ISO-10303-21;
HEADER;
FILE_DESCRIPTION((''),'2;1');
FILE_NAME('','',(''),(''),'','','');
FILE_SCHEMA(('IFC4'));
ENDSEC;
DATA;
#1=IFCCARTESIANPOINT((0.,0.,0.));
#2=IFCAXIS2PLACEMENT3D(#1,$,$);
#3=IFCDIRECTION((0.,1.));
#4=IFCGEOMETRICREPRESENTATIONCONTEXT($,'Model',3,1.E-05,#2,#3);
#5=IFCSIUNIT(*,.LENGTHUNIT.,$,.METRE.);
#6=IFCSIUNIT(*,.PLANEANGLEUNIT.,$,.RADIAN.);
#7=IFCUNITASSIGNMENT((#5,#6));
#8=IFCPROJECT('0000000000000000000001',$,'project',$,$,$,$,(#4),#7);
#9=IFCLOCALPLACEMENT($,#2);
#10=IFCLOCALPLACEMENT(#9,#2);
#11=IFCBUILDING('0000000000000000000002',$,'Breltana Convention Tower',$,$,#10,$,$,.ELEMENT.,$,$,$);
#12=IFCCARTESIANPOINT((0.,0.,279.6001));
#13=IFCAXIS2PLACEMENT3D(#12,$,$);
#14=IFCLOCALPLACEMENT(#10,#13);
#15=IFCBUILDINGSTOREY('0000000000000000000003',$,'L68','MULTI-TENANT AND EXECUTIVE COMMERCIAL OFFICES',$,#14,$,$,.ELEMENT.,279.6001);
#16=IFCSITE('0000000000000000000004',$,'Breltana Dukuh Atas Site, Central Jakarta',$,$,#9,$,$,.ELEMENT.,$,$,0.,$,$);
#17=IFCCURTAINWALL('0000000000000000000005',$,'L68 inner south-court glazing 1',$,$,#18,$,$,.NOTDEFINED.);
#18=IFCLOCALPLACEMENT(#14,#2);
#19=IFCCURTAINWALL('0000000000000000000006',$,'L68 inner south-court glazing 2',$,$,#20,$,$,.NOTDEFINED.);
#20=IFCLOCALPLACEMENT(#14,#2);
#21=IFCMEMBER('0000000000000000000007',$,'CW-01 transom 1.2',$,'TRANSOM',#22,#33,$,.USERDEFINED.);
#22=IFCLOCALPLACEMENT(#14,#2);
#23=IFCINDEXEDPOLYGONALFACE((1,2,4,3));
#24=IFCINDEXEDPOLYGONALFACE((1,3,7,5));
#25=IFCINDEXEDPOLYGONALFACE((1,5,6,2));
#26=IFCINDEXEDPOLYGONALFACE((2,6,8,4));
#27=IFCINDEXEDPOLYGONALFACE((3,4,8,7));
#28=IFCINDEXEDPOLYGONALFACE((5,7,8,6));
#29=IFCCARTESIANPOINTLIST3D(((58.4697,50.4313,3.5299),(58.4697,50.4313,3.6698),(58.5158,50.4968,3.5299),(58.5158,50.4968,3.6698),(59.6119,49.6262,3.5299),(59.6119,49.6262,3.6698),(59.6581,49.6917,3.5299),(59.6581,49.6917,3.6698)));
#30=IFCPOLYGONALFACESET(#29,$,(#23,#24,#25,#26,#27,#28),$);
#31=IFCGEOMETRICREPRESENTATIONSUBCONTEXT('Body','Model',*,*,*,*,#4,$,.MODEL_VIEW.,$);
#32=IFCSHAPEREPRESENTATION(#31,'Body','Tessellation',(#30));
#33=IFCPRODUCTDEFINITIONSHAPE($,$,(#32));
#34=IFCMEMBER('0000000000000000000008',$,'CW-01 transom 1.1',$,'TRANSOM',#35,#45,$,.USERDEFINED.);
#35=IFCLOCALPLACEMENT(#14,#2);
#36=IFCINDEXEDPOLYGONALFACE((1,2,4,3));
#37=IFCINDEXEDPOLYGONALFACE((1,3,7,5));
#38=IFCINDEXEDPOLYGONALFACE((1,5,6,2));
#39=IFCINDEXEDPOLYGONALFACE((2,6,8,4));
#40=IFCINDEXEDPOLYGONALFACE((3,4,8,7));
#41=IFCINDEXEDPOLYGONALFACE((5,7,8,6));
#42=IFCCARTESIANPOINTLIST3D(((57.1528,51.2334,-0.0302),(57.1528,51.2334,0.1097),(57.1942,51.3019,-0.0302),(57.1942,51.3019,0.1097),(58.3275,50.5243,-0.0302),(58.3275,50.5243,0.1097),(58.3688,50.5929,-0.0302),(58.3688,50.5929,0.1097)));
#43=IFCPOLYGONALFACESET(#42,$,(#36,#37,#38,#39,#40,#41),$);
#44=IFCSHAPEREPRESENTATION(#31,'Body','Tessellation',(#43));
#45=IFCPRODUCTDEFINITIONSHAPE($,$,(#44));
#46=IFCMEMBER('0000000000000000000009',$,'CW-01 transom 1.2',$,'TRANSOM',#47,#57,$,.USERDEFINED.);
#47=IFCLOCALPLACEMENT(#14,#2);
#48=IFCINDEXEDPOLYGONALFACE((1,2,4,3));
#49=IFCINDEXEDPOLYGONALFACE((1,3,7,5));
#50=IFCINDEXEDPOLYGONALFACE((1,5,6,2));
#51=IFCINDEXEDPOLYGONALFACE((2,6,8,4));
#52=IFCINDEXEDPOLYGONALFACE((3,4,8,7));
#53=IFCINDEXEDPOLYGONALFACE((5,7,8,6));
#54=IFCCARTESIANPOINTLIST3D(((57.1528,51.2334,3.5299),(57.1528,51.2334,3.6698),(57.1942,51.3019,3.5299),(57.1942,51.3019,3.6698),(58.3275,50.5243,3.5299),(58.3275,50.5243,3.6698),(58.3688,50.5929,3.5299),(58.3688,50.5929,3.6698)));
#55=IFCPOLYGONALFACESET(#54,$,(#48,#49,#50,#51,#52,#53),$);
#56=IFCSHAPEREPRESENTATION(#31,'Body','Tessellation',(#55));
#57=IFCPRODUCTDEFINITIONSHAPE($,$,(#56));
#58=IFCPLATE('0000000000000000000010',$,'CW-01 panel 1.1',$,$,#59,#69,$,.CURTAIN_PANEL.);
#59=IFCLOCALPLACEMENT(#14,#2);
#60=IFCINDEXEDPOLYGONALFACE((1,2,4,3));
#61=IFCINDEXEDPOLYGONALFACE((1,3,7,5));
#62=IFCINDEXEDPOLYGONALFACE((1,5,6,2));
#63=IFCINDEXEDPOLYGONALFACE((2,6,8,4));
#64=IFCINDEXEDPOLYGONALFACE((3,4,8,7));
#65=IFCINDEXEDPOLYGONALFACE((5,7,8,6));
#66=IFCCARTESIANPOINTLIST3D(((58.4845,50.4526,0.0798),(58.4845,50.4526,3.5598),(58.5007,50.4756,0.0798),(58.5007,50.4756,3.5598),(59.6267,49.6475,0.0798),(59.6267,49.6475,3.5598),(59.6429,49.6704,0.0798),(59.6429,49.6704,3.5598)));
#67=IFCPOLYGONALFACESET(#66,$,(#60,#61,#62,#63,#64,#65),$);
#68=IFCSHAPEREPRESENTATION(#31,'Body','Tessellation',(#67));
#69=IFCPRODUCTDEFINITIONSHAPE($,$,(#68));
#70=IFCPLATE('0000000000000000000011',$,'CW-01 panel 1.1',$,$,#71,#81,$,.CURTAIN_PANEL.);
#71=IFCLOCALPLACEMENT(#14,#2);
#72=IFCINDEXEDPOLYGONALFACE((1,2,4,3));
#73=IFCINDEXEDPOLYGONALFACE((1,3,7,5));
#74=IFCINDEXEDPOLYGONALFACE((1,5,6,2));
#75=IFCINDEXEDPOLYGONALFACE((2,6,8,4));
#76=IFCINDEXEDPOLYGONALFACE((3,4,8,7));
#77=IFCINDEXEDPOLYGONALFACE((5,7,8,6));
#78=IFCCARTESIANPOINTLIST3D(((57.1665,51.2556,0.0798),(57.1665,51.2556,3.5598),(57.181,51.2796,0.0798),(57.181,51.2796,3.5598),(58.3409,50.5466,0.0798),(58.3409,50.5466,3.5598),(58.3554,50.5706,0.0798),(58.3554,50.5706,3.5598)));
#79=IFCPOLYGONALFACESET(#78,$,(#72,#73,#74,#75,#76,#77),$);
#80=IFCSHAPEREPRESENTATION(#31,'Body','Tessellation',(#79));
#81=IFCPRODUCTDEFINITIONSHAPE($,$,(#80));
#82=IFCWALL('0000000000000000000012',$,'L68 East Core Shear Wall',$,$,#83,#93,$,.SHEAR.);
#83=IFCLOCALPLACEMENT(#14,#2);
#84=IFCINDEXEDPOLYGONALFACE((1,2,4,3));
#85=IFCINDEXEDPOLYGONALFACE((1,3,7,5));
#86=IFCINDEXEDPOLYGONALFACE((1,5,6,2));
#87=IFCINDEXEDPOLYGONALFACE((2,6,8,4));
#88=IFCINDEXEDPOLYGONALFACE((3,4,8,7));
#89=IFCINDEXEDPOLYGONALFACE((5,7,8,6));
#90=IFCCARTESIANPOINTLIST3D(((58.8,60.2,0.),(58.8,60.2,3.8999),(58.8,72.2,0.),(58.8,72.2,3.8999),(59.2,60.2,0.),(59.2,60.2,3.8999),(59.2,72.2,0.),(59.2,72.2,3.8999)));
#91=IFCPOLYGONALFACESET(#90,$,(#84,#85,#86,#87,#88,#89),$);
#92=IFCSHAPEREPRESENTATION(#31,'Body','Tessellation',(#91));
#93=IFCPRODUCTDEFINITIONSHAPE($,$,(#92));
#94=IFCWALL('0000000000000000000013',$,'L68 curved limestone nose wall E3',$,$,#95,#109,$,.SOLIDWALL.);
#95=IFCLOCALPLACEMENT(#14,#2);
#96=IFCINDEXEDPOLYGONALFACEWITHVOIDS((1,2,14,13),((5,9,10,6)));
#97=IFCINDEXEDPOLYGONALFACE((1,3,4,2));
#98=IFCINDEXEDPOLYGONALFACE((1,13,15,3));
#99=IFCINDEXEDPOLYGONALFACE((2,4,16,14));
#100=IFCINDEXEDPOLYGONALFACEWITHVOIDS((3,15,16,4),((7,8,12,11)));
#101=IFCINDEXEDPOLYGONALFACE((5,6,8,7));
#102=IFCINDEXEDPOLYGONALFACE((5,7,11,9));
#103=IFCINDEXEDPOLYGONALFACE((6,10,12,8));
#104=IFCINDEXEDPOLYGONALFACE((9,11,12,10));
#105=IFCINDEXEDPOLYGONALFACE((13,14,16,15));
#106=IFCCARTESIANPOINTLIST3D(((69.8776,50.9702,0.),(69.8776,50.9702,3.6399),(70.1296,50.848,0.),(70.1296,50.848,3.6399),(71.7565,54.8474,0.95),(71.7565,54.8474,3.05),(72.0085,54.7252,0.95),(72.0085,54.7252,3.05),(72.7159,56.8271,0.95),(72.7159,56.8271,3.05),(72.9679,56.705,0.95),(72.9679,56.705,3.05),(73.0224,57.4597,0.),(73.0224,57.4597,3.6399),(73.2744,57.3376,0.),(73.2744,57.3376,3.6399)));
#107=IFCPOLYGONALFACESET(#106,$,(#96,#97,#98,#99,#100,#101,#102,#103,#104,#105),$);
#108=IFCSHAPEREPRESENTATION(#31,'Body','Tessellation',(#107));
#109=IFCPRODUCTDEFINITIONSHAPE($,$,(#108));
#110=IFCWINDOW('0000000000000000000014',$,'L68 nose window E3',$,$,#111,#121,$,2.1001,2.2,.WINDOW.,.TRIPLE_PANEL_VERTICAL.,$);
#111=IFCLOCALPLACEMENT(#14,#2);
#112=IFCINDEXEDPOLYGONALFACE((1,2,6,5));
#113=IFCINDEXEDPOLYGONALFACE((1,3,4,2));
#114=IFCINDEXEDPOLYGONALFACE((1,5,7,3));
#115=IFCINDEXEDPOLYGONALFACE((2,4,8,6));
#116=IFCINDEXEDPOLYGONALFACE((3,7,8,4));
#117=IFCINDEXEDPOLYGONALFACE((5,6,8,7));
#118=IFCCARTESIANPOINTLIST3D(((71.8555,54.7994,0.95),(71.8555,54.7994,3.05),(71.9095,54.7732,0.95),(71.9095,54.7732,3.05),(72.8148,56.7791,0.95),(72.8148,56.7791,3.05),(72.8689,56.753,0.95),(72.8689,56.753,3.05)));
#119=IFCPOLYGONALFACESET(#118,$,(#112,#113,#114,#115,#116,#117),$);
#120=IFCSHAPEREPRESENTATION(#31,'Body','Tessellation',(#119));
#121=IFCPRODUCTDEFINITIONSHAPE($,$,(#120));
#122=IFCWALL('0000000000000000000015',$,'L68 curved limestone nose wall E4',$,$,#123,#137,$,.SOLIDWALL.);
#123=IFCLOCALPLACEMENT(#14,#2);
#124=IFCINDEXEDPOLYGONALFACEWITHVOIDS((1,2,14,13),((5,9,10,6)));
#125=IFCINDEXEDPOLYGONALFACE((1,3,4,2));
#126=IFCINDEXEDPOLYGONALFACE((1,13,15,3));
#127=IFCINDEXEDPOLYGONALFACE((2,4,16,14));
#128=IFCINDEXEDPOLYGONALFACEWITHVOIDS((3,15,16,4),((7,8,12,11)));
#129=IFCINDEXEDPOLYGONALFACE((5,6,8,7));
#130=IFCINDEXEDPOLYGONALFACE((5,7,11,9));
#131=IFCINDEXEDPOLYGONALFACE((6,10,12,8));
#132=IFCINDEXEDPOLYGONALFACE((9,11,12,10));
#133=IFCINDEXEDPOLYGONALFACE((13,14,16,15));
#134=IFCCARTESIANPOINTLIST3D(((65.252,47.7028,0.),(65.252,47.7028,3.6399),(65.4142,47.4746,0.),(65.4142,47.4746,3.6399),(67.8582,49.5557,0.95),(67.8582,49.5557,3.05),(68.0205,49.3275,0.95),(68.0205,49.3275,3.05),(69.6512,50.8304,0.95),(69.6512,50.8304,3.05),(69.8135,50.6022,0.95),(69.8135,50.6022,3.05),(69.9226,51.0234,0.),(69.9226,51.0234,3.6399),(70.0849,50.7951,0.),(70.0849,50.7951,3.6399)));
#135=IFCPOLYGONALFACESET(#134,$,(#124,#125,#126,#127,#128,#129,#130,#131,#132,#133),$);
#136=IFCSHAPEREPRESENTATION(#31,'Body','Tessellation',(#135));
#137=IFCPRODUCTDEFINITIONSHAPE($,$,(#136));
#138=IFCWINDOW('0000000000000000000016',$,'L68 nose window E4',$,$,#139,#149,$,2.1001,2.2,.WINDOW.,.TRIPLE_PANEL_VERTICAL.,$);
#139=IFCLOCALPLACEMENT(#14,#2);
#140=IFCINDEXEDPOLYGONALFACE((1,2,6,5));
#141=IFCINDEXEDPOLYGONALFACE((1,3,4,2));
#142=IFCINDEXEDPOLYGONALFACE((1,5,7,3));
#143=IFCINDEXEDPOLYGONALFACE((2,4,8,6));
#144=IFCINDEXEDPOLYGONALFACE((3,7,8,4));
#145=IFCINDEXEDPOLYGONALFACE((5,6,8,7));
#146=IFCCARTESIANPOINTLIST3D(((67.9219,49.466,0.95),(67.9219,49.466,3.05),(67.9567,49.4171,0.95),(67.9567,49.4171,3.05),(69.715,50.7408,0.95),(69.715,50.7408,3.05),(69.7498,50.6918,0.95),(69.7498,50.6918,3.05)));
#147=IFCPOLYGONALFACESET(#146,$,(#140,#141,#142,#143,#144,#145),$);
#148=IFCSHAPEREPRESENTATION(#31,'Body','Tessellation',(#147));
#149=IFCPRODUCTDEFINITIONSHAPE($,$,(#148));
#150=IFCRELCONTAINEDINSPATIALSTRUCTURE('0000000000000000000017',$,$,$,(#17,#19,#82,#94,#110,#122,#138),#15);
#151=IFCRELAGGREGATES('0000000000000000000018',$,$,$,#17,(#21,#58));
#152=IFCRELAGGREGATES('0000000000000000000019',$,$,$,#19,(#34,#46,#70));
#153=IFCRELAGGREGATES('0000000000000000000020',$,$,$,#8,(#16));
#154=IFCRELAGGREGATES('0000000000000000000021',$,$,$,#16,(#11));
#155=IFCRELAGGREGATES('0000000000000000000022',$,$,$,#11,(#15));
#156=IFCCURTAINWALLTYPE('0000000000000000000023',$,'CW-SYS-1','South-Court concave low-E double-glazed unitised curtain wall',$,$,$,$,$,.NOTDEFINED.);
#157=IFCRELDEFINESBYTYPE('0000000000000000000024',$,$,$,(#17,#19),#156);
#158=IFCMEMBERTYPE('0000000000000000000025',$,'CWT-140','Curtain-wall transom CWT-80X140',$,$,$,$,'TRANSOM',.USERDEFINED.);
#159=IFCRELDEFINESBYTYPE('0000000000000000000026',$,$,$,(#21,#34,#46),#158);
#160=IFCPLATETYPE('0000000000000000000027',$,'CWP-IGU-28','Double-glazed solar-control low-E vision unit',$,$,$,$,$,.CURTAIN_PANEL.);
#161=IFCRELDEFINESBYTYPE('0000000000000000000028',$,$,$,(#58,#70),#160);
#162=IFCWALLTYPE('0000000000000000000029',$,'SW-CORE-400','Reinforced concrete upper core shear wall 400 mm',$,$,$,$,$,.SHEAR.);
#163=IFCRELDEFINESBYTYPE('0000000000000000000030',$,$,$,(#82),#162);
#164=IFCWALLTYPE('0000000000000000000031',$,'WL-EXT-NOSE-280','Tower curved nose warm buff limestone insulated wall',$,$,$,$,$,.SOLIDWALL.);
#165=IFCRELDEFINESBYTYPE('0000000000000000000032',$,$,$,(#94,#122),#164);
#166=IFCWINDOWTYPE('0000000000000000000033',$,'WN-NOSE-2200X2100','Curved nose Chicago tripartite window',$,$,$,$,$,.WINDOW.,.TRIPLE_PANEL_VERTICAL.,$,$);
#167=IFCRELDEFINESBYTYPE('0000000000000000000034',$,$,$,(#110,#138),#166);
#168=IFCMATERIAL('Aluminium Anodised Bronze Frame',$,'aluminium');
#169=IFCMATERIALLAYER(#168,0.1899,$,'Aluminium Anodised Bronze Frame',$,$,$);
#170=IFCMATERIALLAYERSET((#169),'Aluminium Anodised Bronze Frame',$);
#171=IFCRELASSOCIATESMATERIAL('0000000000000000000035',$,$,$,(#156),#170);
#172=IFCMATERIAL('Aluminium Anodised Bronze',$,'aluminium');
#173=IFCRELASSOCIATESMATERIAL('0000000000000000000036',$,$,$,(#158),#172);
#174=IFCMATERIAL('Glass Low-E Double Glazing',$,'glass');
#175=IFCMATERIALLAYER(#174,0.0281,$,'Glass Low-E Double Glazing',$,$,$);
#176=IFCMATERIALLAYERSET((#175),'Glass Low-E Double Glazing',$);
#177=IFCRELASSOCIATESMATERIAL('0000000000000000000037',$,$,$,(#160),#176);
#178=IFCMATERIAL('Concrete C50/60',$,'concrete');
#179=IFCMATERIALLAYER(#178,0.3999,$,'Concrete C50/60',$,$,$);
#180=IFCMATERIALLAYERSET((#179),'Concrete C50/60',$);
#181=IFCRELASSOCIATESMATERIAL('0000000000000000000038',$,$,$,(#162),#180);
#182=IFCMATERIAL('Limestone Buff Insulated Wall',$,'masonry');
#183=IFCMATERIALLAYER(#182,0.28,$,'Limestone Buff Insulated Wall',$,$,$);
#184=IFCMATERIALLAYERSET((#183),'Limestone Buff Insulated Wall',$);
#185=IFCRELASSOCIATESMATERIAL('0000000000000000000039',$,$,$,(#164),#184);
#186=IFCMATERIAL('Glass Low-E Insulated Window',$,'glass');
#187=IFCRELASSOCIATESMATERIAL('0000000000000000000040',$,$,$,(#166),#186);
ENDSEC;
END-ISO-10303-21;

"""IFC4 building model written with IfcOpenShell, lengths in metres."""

from ifc_helpers import new_model, si_unit, direction, frame, frame_2d, origin, origin_2d, place, context, subcontext, project, spatial, rectangle, extrude, source, transform, mapped, material, layer, layer_set, material_profile, profile_set, type_object, type_shapes, element, fill, aggregate, save


model = new_model("IFC4")

# Units and contexts
model_context = context("Model", 3, precision=1e-05, world=origin(), true_north=direction((0.0, 1.0)))
body_context = subcontext(model_context, "Body", "Model", "MODEL_VIEW")
ifc_project = project(units=[si_unit("LENGTHUNIT", "METRE"), si_unit("PLANEANGLEUNIT", "RADIAN")], contexts=[model_context])

# Site, building, storey
site_placement = place(None, origin())
site = spatial("IfcSite", under=ifc_project, at=site_placement, Name="Breltana Dukuh Atas Site, Central Jakarta", CompositionType="ELEMENT", RefElevation=0.0)
building_placement = place(site_placement, origin())
building = spatial("IfcBuilding", under=site, at=building_placement, Name="Breltana Convention Tower", CompositionType="ELEMENT")
storey_placement = place(building_placement, frame((0.0, 0.0, 279.6001)))
storey = spatial("IfcBuildingStorey", under=building, at=storey_placement, Name="L68", Description="MULTI-TENANT AND EXECUTIVE COMMERCIAL OFFICES", CompositionType="ELEMENT", Elevation=279.6001)

# Curtain walls
ifc_material_1 = material(Name="Aluminium Anodised Bronze Frame", Category="aluminium")
ifc_layer_1 = layer(ifc_material_1, 0.1899, Name="Aluminium Anodised Bronze Frame")
ifc_layer_set_1 = layer_set([ifc_layer_1], Name="Aluminium Anodised Bronze Frame")
curtain_wall_type = type_object("IfcCurtainWallType", Name="CW-SYS-1", Description="South-Court concave low-E double-glazed unitised curtain wall", PredefinedType="NOTDEFINED", material=ifc_layer_set_1)
curtain_wall_1_placement = place(storey_placement, origin())
curtain_wall_1 = element("IfcCurtainWall", 1, at=curtain_wall_1_placement, inside=storey, type_object=curtain_wall_type, Name="L68 inner south-court glazing 1", PredefinedType="NOTDEFINED")
ifc_material_2 = material(Name="Aluminium Anodised Bronze", Category="aluminium")
curtain_wall_2_placement = place(storey_placement, origin())
curtain_wall_2 = element("IfcCurtainWall", 2, at=curtain_wall_2_placement, inside=storey, type_object=curtain_wall_type, Name="L68 inner south-court glazing 2", PredefinedType="NOTDEFINED")

# Members
ifc_material_profile_1 = material_profile(ifc_material_2, rectangle(XDim=0.0801, YDim=0.1399, at=origin_2d()), Name="CWT-80X140")
ifc_profile_set_1 = profile_set([ifc_material_profile_1], Name="Aluminium Anodised Bronze")
member_type_1 = type_object("IfcMemberType", Name="CWT-140", Description="Curtain-wall transom CWT-80X140", ElementType="TRANSOM", PredefinedType="USERDEFINED", material=ifc_profile_set_1)
shared_shape_1 = source(origin(), body_context, "Body", "SweptSolid", [
    extrude(rectangle(XDim=0.0801, YDim=0.1399, at=origin_2d()), origin(), (0.0, 0.0, 1.0), 1.3975),
])
member_1_placement = place(storey_placement, frame((59.635, 49.6589, 3.5999), z_axis=(-0.817365, 0.576121, 0.0), x_axis=(-0.576121, -0.817365, 0.0)))
member_1 = element("IfcMember", 3, at=member_1_placement, type_object=member_type_1, Name="CW-01 transom 1.2", ObjectType="TRANSOM", PredefinedType="USERDEFINED", context=body_context, shape_type="MappedRepresentation", body=[
    mapped(shared_shape_1, transform((0.0, 0.0, 0.0), scale=1.0)),
])
shared_shape_2 = source(origin(), body_context, "Body", "SweptSolid", [
    extrude(rectangle(XDim=0.0801, YDim=0.1399, at=origin_2d()), origin(), (0.0, 0.0, 1.0), 1.3721),
])
member_2_placement = place(storey_placement, frame((58.3481, 50.5586, 0.0398), z_axis=(-0.856124, 0.516771, 0.0), x_axis=(-0.516771, -0.856124, 0.0)))
member_2 = element("IfcMember", 4, at=member_2_placement, type_object=member_type_1, Name="CW-01 transom 1.1", ObjectType="TRANSOM", PredefinedType="USERDEFINED", context=body_context, shape_type="MappedRepresentation", body=[
    mapped(shared_shape_2, transform((0.0, 0.0, 0.0), scale=1.0)),
])
member_3_placement = place(storey_placement, frame((58.3481, 50.5586, 3.5999), z_axis=(-0.856124, 0.516771, 0.0), x_axis=(-0.516771, -0.856124, 0.0)))
member_3 = element("IfcMember", 5, at=member_3_placement, type_object=member_type_1, Name="CW-01 transom 1.2", ObjectType="TRANSOM", PredefinedType="USERDEFINED", context=body_context, shape_type="MappedRepresentation", body=[
    mapped(shared_shape_2, transform((0.0, 0.0, 0.0), scale=1.0)),
])

# Plates
ifc_material_3 = material(Name="Glass Low-E Double Glazing", Category="glass")
ifc_layer_2 = layer(ifc_material_3, 0.0281, Name="Glass Low-E Double Glazing")
ifc_layer_set_2 = layer_set([ifc_layer_2], Name="Glass Low-E Double Glazing")
plate_type = type_object("IfcPlateType", Name="CWP-IGU-28", Description="Double-glazed solar-control low-E vision unit", PredefinedType="CURTAIN_PANEL", material=ifc_layer_set_2)
shared_shape_3 = source(origin(), body_context, "Body", "SweptSolid", [
    extrude(rectangle(XDim=1.3975, YDim=0.0281, at=origin_2d()), origin(), (0.0, 0.0, 1.0), 3.48),
])
plate_1_placement = place(storey_placement, frame((59.0637, 50.0615, 0.0798), z_axis=(0.0, 0.0, 1.0), x_axis=(-0.817327, 0.576174, 0.0)))
plate_1 = element("IfcPlate", 6, at=plate_1_placement, type_object=plate_type, Name="CW-01 panel 1.1", PredefinedType="CURTAIN_PANEL", context=body_context, shape_type="MappedRepresentation", body=[
    mapped(shared_shape_3, transform((0.0, 0.0, 0.0), scale=1.0)),
])
aggregate(curtain_wall_1, [member_1, plate_1])
shared_shape_4 = source(origin(), body_context, "Body", "SweptSolid", [
    extrude(rectangle(XDim=1.3718, YDim=0.0281, at=origin_2d()), origin(), (0.0, 0.0, 1.0), 3.48),
])
plate_2_placement = place(storey_placement, frame((57.761, 50.9131, 0.0798), z_axis=(0.0, 0.0, 1.0), x_axis=(-0.85609, 0.516827, 0.0)))
plate_2 = element("IfcPlate", 7, at=plate_2_placement, type_object=plate_type, Name="CW-01 panel 1.1", PredefinedType="CURTAIN_PANEL", context=body_context, shape_type="MappedRepresentation", body=[
    mapped(shared_shape_4, transform((0.0, 0.0, 0.0), scale=1.0)),
])
aggregate(curtain_wall_2, [member_2, member_3, plate_2])

# Wall
ifc_material_4 = material(Name="Concrete C50/60", Category="concrete")
ifc_layer_3 = layer(ifc_material_4, 0.3999, Name="Concrete C50/60")
ifc_layer_set_3 = layer_set([ifc_layer_3], Name="Concrete C50/60")
wall_type_1 = type_object("IfcWallType", Name="SW-CORE-400", Description="Reinforced concrete upper core shear wall 400 mm", PredefinedType="SHEAR", material=ifc_layer_set_3)
shared_shape_5 = source(origin(), body_context, "Body", "SweptSolid", [
    extrude(rectangle(XDim=12.0, YDim=0.3999, at=frame_2d((6.0, 0.0))), origin(), (0.0, 0.0, 1.0), 3.8999),
])
wall_1_placement = place(storey_placement, frame((59.0, 60.2, 0.0), z_axis=(0.0, 0.0, 1.0), x_axis=(0.0, 1.0, 0.0)))
element("IfcWall", 8, at=wall_1_placement, inside=storey, type_object=wall_type_1, Name="L68 East Core Shear Wall", PredefinedType="SHEAR", context=body_context, shape_type="MappedRepresentation", body=[
    mapped(shared_shape_5, transform((0.0, 0.0, 0.0), scale=1.0)),
])

# Walls, openings, windows
ifc_material_5 = material(Name="Limestone Buff Insulated Wall", Category="masonry")
ifc_layer_4 = layer(ifc_material_5, 0.28, Name="Limestone Buff Insulated Wall")
ifc_layer_set_4 = layer_set([ifc_layer_4], Name="Limestone Buff Insulated Wall")
wall_type_2 = type_object("IfcWallType", Name="WL-EXT-NOSE-280", Description="Tower curved nose warm buff limestone insulated wall", PredefinedType="SOLIDWALL", material=ifc_layer_set_4)
shared_shape_6 = source(origin(), body_context, "Body", "SweptSolid", [
    extrude(rectangle(XDim=7.2114, YDim=0.28, at=frame_2d((3.6057, 0.0))), origin(), (0.0, 0.0, 1.0), 3.6399),
])
wall_2_placement = place(storey_placement, frame((73.1484, 57.3987, 0.0), z_axis=(0.0, 0.0, 1.0), x_axis=(-0.436088, -0.899904, 0.0)))
wall_2 = element("IfcWall", 9, at=wall_2_placement, inside=storey, type_object=wall_type_2, Name="L68 curved limestone nose wall E3", PredefinedType="SOLIDWALL", context=body_context, shape_type="MappedRepresentation", body=[
    mapped(shared_shape_6, transform((0.0, 0.0, 0.0), scale=1.0)),
])
opening_1_placement = place(wall_2_placement, frame((0.7029, 0.0, 0.95)))
opening_1 = element("IfcOpeningElement", 10, at=opening_1_placement, cuts=wall_2, PredefinedType="OPENING", context=body_context, shape_type="SweptSolid", body=[
    extrude(rectangle(XDim=2.2, YDim=2.1001, at=frame_2d((1.1001, 1.05))), frame((0.0, 0.1499, 0.0), z_axis=(0.0, -1.0, 0.0), x_axis=(1.0, 0.0, 0.0)), (0.0, 0.0, 1.0), 0.3),
])
ifc_material_6 = material(Name="Glass Low-E Insulated Window", Category="glass")
window_type = type_object("IfcWindowType", Name="WN-NOSE-2200X2100", Description="Curved nose Chicago tripartite window", PartitioningType="TRIPLE_PANEL_VERTICAL", PredefinedType="WINDOW", material=ifc_material_6)
shared_shape_7 = source(origin(), body_context, "Body", "SweptSolid", [
    extrude(rectangle(XDim=2.2, YDim=2.1001, at=frame_2d((1.1001, 1.05))), frame((0.0, 0.03, 0.0), z_axis=(0.0, -1.0, 0.0), x_axis=(1.0, 0.0, 0.0)), (0.0, 0.0, 1.0), 0.0601),
])
type_shapes(window_type, [shared_shape_7])
window_1_placement = place(opening_1_placement, origin())
window_1 = element("IfcWindow", 11, at=window_1_placement, inside=storey, type_object=window_type, Name="L68 nose window E3", OverallHeight=2.1001, OverallWidth=2.2, PartitioningType="TRIPLE_PANEL_VERTICAL", PredefinedType="WINDOW", context=body_context, shape_type="MappedRepresentation", body=[
    mapped(shared_shape_7, transform((0.0, 0.0, 0.0), scale=1.0)),
])
fill(opening_1, window_1)
shared_shape_8 = source(origin(), body_context, "Body", "SweptSolid", [
    extrude(rectangle(XDim=5.7307, YDim=0.28, at=frame_2d((2.8652, 0.0))), origin(), (0.0, 0.0, 1.0), 3.6399),
])
wall_3_placement = place(storey_placement, frame((70.0037, 50.9092, 0.0), z_axis=(0.0, 0.0, 1.0), x_axis=(-0.815021, -0.579431, 0.0)))
wall_3 = element("IfcWall", 12, at=wall_3_placement, inside=storey, type_object=wall_type_2, Name="L68 curved limestone nose wall E4", PredefinedType="SOLIDWALL", context=body_context, shape_type="MappedRepresentation", body=[
    mapped(shared_shape_8, transform((0.0, 0.0, 0.0), scale=1.0)),
])
opening_2_placement = place(wall_3_placement, frame((0.3328, 0.0, 0.95)))
opening_2 = element("IfcOpeningElement", 13, at=opening_2_placement, cuts=wall_3, PredefinedType="OPENING", context=body_context, shape_type="SweptSolid", body=[
    extrude(rectangle(XDim=2.2, YDim=2.1001, at=frame_2d((1.1001, 1.05))), frame((0.0, 0.1499, 0.0), z_axis=(0.0, -1.0, 0.0), x_axis=(1.0, 0.0, 0.0)), (0.0, 0.0, 1.0), 0.3),
])
window_2_placement = place(opening_2_placement, origin())
window_2 = element("IfcWindow", 14, at=window_2_placement, inside=storey, type_object=window_type, Name="L68 nose window E4", OverallHeight=2.1001, OverallWidth=2.2, PartitioningType="TRIPLE_PANEL_VERTICAL", PredefinedType="WINDOW", context=body_context, shape_type="MappedRepresentation", body=[
    mapped(shared_shape_7, transform((0.0, 0.0, 0.0), scale=1.0)),
])
fill(opening_2, window_2)

save(model, "model.ifc")
